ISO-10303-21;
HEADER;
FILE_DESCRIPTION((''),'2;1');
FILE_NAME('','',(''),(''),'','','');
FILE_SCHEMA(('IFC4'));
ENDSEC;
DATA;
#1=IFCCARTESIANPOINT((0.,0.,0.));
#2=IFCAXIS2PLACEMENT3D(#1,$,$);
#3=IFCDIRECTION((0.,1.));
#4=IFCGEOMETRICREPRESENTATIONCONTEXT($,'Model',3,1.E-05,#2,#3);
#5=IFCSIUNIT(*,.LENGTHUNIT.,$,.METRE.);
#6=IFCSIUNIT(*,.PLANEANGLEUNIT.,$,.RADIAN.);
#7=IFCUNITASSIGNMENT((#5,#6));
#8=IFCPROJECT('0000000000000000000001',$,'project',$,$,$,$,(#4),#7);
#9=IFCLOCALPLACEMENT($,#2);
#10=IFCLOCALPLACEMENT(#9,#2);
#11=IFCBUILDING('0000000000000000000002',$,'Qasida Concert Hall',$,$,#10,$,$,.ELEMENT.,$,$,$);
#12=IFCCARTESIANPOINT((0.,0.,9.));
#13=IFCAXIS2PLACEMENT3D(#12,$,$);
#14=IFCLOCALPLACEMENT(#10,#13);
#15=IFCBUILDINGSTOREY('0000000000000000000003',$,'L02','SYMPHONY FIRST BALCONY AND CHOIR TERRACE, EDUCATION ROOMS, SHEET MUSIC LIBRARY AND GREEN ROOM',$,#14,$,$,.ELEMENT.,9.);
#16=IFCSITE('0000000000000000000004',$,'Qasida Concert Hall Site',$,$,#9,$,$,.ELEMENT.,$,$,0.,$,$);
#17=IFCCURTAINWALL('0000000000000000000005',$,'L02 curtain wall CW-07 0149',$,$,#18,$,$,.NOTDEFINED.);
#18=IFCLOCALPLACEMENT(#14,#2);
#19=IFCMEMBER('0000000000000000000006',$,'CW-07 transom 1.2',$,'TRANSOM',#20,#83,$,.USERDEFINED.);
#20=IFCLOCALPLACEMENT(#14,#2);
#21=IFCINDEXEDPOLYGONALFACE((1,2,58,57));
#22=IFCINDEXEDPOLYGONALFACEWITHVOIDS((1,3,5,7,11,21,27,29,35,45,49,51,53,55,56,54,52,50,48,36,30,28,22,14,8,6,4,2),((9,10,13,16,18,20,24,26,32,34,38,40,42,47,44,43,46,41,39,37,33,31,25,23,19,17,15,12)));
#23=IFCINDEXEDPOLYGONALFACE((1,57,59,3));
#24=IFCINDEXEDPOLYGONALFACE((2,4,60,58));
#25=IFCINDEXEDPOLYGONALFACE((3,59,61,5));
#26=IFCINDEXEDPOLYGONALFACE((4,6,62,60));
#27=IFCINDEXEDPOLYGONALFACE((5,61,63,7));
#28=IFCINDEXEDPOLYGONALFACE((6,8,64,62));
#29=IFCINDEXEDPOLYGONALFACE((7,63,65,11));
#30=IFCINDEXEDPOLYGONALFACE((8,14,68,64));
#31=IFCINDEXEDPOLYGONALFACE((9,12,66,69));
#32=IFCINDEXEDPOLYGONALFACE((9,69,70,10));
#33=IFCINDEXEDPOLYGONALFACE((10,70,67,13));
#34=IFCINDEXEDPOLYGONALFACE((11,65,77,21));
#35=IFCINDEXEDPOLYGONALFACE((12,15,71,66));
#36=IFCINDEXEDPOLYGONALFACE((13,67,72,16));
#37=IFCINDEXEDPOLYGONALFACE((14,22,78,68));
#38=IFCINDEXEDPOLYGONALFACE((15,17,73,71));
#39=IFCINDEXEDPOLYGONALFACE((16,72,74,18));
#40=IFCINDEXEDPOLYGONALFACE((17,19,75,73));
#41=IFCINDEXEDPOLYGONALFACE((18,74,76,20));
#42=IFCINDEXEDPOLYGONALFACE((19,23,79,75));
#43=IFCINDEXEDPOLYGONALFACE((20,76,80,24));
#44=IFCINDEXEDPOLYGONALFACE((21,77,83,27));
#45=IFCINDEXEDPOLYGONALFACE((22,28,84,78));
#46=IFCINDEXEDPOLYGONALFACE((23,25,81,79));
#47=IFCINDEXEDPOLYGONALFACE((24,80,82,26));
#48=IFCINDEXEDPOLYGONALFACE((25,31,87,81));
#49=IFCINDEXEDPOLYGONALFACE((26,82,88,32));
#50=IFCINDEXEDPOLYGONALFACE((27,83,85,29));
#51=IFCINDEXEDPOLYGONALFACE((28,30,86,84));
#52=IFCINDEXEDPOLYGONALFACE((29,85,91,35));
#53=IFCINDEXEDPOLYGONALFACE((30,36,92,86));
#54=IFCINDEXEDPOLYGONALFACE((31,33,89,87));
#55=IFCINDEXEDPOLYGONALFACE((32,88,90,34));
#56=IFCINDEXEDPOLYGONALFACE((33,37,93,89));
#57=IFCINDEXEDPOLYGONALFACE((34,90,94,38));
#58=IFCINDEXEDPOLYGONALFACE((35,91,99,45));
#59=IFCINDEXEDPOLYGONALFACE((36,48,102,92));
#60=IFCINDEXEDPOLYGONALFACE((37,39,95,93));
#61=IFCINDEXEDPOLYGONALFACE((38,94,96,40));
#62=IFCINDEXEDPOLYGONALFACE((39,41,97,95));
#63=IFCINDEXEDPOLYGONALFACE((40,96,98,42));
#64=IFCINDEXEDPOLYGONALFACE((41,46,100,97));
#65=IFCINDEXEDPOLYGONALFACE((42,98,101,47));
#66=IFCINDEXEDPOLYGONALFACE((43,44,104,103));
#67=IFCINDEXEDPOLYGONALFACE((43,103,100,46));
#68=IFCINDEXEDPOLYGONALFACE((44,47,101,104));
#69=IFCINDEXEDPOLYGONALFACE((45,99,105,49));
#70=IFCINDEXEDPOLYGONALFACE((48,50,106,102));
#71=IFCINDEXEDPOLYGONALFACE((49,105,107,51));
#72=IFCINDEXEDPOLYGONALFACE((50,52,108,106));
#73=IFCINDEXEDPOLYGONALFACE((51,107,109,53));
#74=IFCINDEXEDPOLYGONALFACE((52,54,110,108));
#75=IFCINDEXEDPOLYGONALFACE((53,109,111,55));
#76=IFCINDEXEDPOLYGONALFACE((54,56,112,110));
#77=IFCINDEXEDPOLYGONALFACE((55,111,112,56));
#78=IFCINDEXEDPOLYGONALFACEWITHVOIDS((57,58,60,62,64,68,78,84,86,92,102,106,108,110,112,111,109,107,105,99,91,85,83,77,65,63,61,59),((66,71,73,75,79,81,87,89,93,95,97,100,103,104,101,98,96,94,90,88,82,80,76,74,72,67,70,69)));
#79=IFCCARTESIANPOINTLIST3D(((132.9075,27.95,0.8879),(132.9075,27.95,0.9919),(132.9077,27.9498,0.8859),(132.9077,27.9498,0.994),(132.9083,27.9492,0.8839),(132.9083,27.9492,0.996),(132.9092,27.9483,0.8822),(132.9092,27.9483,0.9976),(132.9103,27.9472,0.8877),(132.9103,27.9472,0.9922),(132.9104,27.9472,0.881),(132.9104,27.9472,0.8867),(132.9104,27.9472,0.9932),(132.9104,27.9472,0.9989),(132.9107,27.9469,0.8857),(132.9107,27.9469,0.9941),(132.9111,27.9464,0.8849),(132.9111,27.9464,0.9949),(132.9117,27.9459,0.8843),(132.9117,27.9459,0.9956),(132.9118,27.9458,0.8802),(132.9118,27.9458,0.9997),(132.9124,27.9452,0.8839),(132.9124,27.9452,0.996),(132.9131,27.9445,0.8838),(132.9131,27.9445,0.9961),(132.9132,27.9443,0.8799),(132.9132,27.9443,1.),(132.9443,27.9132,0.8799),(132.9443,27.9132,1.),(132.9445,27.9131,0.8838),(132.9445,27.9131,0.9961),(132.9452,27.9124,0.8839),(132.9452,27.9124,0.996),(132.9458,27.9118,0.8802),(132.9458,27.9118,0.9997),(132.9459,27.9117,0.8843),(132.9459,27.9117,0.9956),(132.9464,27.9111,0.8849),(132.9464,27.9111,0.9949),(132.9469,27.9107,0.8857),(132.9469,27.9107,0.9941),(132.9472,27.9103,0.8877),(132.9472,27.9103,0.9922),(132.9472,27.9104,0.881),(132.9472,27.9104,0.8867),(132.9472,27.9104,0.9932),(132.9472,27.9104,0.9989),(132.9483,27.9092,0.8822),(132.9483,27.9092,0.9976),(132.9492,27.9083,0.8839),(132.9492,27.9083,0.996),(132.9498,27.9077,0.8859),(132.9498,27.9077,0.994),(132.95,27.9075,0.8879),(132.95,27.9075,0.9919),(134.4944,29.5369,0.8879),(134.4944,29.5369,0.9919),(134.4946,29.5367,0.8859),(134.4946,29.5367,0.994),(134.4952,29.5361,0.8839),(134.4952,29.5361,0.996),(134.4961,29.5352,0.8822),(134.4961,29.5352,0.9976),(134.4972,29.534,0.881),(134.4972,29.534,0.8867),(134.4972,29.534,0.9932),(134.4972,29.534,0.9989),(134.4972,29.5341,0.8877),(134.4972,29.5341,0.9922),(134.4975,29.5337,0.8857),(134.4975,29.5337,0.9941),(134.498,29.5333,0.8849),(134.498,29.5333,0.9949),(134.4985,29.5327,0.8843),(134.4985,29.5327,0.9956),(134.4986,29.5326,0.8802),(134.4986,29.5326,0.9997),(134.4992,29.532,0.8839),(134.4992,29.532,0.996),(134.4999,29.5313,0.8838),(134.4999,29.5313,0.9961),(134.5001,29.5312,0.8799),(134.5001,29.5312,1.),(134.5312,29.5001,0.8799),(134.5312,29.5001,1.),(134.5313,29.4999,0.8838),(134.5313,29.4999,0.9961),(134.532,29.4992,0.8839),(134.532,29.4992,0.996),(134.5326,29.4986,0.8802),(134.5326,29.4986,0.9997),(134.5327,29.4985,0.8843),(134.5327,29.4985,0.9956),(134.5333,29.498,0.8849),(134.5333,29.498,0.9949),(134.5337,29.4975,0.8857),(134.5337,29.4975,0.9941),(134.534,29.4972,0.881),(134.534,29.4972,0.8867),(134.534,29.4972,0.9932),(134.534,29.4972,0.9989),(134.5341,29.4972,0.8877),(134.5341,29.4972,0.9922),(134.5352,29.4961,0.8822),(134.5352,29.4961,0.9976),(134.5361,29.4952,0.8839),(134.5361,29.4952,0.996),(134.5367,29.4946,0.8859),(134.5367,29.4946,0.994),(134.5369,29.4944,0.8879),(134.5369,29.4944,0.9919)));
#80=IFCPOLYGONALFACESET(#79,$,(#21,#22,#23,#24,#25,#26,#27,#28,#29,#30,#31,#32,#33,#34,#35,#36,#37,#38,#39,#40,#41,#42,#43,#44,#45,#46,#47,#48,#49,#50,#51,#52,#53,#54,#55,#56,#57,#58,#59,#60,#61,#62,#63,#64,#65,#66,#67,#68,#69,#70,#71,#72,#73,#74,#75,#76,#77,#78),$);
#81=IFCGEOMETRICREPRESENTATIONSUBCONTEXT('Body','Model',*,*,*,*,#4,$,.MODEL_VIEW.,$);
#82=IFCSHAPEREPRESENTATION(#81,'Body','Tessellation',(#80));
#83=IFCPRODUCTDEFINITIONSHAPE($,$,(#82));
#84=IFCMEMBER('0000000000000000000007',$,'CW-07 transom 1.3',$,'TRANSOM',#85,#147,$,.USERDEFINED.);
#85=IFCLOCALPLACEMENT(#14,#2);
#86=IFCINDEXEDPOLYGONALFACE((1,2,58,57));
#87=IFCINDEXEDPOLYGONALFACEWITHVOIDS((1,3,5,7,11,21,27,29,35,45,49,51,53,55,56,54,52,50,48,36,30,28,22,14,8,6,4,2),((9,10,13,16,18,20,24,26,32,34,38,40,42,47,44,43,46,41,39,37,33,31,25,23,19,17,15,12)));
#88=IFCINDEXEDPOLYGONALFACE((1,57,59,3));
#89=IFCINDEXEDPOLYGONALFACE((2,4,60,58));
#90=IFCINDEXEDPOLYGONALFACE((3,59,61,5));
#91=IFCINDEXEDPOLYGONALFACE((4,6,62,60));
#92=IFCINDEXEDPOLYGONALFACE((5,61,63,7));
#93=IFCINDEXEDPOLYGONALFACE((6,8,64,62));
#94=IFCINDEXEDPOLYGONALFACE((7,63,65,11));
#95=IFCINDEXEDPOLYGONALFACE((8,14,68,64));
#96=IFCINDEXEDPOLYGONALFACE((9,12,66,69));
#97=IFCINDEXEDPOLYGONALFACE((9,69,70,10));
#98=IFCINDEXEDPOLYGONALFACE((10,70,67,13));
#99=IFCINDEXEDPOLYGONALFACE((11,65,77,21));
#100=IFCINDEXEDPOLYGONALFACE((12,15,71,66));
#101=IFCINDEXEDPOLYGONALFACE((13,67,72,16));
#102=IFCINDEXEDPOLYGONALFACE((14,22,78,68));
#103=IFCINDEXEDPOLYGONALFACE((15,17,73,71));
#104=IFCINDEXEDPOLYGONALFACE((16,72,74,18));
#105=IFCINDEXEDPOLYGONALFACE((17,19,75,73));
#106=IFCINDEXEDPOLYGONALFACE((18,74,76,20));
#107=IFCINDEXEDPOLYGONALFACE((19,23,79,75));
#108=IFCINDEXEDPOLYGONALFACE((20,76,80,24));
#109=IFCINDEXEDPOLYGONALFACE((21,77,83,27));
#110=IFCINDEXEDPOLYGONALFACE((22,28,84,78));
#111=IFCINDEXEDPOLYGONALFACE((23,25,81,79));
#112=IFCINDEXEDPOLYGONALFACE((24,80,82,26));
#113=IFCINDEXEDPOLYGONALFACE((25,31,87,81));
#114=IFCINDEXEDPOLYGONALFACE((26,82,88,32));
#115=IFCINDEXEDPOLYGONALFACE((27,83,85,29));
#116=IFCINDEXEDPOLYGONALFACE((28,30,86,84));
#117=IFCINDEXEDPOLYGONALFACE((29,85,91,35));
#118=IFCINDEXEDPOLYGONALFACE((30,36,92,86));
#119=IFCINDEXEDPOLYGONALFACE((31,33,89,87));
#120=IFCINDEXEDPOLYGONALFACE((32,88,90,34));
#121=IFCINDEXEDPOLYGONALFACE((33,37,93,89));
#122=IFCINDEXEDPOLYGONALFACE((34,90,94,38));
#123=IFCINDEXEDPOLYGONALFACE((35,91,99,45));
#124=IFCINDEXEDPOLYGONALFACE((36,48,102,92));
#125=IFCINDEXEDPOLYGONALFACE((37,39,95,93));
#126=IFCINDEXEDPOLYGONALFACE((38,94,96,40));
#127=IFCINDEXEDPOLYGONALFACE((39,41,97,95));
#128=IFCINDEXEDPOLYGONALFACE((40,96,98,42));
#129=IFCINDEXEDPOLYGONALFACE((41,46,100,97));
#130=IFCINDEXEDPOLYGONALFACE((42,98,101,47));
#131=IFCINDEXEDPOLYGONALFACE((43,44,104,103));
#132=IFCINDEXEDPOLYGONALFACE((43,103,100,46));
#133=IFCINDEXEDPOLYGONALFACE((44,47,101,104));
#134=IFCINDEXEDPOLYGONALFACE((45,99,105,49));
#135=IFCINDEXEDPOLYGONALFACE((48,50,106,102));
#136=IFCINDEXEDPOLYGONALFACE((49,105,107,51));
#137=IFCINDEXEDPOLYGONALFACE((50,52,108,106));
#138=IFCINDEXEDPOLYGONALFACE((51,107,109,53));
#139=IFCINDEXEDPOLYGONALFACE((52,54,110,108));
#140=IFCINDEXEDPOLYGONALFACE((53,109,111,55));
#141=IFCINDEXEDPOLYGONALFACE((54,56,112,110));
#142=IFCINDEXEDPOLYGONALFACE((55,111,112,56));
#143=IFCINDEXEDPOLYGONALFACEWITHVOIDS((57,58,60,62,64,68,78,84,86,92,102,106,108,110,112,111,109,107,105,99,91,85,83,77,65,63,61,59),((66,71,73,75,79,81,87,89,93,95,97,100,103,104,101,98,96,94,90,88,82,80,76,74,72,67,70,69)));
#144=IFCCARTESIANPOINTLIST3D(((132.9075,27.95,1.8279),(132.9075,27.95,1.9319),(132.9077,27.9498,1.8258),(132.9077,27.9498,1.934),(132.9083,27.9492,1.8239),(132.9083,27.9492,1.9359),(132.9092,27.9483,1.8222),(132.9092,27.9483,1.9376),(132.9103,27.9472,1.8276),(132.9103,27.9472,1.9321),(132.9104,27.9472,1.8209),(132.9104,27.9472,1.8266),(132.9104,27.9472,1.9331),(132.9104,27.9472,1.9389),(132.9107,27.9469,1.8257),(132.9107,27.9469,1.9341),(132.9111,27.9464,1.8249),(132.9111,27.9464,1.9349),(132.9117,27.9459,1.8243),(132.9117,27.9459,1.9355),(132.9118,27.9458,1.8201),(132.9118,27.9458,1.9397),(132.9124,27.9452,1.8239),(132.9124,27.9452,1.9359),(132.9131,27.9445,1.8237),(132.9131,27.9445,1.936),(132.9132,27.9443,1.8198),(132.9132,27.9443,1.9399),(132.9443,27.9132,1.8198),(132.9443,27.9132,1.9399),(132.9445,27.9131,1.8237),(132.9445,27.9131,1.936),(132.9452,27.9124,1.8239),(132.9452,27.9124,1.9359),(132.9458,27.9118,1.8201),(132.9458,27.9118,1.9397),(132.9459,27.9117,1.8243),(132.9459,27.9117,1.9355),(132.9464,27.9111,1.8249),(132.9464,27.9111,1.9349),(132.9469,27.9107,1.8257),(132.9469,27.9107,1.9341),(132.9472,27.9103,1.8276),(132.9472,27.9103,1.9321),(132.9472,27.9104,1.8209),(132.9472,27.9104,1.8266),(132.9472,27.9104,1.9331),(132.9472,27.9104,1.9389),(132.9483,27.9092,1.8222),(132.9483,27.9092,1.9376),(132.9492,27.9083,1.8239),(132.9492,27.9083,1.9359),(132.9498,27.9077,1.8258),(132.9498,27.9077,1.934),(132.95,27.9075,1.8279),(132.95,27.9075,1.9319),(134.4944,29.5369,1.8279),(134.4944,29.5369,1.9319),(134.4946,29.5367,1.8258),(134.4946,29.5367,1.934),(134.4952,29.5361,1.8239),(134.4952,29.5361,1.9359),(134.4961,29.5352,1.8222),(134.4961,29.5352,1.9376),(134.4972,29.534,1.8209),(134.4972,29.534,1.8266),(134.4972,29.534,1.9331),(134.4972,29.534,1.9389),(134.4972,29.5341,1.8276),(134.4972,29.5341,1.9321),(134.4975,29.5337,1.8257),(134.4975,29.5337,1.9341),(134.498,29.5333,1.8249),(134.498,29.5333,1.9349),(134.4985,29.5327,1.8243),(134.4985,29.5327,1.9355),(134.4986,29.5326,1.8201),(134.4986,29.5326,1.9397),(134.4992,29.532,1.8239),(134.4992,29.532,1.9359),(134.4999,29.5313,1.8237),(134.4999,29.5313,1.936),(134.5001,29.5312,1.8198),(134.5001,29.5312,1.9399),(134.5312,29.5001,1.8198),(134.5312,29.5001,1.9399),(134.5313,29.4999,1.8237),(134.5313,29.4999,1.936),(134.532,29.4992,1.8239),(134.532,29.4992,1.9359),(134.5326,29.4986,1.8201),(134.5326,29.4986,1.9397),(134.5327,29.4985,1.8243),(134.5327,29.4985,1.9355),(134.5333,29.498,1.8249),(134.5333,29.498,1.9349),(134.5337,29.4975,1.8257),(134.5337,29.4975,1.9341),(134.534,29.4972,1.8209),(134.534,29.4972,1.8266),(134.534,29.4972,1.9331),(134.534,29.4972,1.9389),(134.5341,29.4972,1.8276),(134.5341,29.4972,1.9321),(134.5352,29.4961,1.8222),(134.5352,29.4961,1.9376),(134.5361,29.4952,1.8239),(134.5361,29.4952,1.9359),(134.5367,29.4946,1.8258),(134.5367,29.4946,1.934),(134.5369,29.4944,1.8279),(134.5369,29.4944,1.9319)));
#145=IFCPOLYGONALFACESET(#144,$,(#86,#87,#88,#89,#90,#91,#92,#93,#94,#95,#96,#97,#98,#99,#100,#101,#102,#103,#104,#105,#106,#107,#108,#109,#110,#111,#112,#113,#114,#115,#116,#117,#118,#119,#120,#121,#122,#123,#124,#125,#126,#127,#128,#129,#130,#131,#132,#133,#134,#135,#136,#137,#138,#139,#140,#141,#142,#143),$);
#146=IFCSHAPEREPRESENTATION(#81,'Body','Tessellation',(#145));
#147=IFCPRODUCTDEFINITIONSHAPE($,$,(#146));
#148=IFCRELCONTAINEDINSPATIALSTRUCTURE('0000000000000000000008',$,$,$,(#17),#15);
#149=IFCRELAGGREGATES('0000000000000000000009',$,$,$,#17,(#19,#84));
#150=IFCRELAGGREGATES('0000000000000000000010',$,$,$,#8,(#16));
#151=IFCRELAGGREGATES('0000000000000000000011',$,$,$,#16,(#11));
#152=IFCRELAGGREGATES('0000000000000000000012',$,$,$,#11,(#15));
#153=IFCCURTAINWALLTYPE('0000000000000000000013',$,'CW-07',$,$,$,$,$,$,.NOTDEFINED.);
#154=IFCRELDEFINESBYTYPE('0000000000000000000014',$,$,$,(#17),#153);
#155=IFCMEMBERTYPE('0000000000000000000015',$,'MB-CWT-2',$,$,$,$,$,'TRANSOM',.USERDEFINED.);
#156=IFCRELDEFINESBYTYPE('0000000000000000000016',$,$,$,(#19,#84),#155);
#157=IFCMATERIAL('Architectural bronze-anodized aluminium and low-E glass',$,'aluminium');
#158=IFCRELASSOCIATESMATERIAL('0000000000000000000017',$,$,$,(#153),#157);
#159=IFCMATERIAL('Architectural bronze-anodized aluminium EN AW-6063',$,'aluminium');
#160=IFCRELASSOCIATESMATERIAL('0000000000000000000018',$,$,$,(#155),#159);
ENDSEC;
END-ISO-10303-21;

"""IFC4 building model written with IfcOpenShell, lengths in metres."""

from ifc_helpers import new_model, si_unit, direction, frame, origin, origin_2d, place, context, subcontext, project, spatial, hollow_rectangle, extrude, material, material_profile, profile_set, type_object, element, aggregate, save


model = new_model("IFC4")

# Units and contexts
model_context = context("Model", 3, precision=1e-05, world=origin(), true_north=direction((0.0, 1.0)))
body_context = subcontext(model_context, "Body", "Model", "MODEL_VIEW")
ifc_project = project(units=[si_unit("LENGTHUNIT", "METRE"), si_unit("PLANEANGLEUNIT", "RADIAN")], contexts=[model_context])

# Site, building, storey
site_placement = place(None, origin())
site = spatial("IfcSite", under=ifc_project, at=site_placement, Name="Qasida Concert Hall Site", CompositionType="ELEMENT", RefElevation=0.0)
building_placement = place(site_placement, origin())
building = spatial("IfcBuilding", under=site, at=building_placement, Name="Qasida Concert Hall", CompositionType="ELEMENT")
storey_placement = place(building_placement, frame((0.0, 0.0, 9.0)))
storey = spatial("IfcBuildingStorey", under=building, at=storey_placement, Name="L02", Description="SYMPHONY FIRST BALCONY AND CHOIR TERRACE, EDUCATION ROOMS, SHEET MUSIC LIBRARY AND GREEN ROOM", CompositionType="ELEMENT", Elevation=9.0)

# Curtain wall, members
ifc_material_1 = material(Name="Architectural bronze-anodized aluminium and low-E glass", Category="aluminium")
curtain_wall_type = type_object("IfcCurtainWallType", Name="CW-07", PredefinedType="NOTDEFINED", material=ifc_material_1)
curtain_wall_placement = place(storey_placement, origin())
curtain_wall = element("IfcCurtainWall", 1, at=curtain_wall_placement, inside=storey, type_object=curtain_wall_type, Name="L02 curtain wall CW-07 0149", PredefinedType="NOTDEFINED")
ifc_material_2 = material(Name="Architectural bronze-anodized aluminium EN AW-6063", Category="aluminium")
ifc_material_profile_1 = material_profile(ifc_material_2, hollow_rectangle(XDim=0.0601, YDim=0.1201, WallThickness=0.0039, InnerFilletRadius=0.0039, OuterFilletRadius=0.0081, at=origin_2d()), Name="CWT 120x60x4")
ifc_profile_set_1 = profile_set([ifc_material_profile_1], Name="Architectural bronze-anodized aluminium EN AW-6063")
member_type_1 = type_object("IfcMemberType", Name="MB-CWT-2", ElementType="TRANSOM", PredefinedType="USERDEFINED", material=ifc_profile_set_1)
member_1_placement = place(storey_placement, frame((134.5156, 29.5156, 0.9399), z_axis=(-0.707107, -0.707107, 0.0), x_axis=(0.707107, -0.707107, 0.0)))
member_1 = element("IfcMember", 2, at=member_1_placement, type_object=member_type_1, Name="CW-07 transom 1.2", ObjectType="TRANSOM", PredefinedType="USERDEFINED", context=body_context, shape_type="SweptSolid", body=[
    extrude(hollow_rectangle(XDim=0.0601, YDim=0.1201, WallThickness=0.0039, InnerFilletRadius=0.0039, OuterFilletRadius=0.0081, at=origin_2d()), origin(), (0.0, 0.0, 1.0), 2.2441),
])
member_2_placement = place(storey_placement, frame((134.5156, 29.5156, 1.8799), z_axis=(-0.707107, -0.707107, 0.0), x_axis=(0.707107, -0.707107, 0.0)))
member_2 = element("IfcMember", 3, at=member_2_placement, type_object=member_type_1, Name="CW-07 transom 1.3", ObjectType="TRANSOM", PredefinedType="USERDEFINED", context=body_context, shape_type="SweptSolid", body=[
    extrude(hollow_rectangle(XDim=0.0601, YDim=0.1201, WallThickness=0.0039, InnerFilletRadius=0.0039, OuterFilletRadius=0.0081, at=origin_2d()), origin(), (0.0, 0.0, 1.0), 2.2441),
])
aggregate(curtain_wall, [member_1, member_2])

save(model, "model.ifc")
